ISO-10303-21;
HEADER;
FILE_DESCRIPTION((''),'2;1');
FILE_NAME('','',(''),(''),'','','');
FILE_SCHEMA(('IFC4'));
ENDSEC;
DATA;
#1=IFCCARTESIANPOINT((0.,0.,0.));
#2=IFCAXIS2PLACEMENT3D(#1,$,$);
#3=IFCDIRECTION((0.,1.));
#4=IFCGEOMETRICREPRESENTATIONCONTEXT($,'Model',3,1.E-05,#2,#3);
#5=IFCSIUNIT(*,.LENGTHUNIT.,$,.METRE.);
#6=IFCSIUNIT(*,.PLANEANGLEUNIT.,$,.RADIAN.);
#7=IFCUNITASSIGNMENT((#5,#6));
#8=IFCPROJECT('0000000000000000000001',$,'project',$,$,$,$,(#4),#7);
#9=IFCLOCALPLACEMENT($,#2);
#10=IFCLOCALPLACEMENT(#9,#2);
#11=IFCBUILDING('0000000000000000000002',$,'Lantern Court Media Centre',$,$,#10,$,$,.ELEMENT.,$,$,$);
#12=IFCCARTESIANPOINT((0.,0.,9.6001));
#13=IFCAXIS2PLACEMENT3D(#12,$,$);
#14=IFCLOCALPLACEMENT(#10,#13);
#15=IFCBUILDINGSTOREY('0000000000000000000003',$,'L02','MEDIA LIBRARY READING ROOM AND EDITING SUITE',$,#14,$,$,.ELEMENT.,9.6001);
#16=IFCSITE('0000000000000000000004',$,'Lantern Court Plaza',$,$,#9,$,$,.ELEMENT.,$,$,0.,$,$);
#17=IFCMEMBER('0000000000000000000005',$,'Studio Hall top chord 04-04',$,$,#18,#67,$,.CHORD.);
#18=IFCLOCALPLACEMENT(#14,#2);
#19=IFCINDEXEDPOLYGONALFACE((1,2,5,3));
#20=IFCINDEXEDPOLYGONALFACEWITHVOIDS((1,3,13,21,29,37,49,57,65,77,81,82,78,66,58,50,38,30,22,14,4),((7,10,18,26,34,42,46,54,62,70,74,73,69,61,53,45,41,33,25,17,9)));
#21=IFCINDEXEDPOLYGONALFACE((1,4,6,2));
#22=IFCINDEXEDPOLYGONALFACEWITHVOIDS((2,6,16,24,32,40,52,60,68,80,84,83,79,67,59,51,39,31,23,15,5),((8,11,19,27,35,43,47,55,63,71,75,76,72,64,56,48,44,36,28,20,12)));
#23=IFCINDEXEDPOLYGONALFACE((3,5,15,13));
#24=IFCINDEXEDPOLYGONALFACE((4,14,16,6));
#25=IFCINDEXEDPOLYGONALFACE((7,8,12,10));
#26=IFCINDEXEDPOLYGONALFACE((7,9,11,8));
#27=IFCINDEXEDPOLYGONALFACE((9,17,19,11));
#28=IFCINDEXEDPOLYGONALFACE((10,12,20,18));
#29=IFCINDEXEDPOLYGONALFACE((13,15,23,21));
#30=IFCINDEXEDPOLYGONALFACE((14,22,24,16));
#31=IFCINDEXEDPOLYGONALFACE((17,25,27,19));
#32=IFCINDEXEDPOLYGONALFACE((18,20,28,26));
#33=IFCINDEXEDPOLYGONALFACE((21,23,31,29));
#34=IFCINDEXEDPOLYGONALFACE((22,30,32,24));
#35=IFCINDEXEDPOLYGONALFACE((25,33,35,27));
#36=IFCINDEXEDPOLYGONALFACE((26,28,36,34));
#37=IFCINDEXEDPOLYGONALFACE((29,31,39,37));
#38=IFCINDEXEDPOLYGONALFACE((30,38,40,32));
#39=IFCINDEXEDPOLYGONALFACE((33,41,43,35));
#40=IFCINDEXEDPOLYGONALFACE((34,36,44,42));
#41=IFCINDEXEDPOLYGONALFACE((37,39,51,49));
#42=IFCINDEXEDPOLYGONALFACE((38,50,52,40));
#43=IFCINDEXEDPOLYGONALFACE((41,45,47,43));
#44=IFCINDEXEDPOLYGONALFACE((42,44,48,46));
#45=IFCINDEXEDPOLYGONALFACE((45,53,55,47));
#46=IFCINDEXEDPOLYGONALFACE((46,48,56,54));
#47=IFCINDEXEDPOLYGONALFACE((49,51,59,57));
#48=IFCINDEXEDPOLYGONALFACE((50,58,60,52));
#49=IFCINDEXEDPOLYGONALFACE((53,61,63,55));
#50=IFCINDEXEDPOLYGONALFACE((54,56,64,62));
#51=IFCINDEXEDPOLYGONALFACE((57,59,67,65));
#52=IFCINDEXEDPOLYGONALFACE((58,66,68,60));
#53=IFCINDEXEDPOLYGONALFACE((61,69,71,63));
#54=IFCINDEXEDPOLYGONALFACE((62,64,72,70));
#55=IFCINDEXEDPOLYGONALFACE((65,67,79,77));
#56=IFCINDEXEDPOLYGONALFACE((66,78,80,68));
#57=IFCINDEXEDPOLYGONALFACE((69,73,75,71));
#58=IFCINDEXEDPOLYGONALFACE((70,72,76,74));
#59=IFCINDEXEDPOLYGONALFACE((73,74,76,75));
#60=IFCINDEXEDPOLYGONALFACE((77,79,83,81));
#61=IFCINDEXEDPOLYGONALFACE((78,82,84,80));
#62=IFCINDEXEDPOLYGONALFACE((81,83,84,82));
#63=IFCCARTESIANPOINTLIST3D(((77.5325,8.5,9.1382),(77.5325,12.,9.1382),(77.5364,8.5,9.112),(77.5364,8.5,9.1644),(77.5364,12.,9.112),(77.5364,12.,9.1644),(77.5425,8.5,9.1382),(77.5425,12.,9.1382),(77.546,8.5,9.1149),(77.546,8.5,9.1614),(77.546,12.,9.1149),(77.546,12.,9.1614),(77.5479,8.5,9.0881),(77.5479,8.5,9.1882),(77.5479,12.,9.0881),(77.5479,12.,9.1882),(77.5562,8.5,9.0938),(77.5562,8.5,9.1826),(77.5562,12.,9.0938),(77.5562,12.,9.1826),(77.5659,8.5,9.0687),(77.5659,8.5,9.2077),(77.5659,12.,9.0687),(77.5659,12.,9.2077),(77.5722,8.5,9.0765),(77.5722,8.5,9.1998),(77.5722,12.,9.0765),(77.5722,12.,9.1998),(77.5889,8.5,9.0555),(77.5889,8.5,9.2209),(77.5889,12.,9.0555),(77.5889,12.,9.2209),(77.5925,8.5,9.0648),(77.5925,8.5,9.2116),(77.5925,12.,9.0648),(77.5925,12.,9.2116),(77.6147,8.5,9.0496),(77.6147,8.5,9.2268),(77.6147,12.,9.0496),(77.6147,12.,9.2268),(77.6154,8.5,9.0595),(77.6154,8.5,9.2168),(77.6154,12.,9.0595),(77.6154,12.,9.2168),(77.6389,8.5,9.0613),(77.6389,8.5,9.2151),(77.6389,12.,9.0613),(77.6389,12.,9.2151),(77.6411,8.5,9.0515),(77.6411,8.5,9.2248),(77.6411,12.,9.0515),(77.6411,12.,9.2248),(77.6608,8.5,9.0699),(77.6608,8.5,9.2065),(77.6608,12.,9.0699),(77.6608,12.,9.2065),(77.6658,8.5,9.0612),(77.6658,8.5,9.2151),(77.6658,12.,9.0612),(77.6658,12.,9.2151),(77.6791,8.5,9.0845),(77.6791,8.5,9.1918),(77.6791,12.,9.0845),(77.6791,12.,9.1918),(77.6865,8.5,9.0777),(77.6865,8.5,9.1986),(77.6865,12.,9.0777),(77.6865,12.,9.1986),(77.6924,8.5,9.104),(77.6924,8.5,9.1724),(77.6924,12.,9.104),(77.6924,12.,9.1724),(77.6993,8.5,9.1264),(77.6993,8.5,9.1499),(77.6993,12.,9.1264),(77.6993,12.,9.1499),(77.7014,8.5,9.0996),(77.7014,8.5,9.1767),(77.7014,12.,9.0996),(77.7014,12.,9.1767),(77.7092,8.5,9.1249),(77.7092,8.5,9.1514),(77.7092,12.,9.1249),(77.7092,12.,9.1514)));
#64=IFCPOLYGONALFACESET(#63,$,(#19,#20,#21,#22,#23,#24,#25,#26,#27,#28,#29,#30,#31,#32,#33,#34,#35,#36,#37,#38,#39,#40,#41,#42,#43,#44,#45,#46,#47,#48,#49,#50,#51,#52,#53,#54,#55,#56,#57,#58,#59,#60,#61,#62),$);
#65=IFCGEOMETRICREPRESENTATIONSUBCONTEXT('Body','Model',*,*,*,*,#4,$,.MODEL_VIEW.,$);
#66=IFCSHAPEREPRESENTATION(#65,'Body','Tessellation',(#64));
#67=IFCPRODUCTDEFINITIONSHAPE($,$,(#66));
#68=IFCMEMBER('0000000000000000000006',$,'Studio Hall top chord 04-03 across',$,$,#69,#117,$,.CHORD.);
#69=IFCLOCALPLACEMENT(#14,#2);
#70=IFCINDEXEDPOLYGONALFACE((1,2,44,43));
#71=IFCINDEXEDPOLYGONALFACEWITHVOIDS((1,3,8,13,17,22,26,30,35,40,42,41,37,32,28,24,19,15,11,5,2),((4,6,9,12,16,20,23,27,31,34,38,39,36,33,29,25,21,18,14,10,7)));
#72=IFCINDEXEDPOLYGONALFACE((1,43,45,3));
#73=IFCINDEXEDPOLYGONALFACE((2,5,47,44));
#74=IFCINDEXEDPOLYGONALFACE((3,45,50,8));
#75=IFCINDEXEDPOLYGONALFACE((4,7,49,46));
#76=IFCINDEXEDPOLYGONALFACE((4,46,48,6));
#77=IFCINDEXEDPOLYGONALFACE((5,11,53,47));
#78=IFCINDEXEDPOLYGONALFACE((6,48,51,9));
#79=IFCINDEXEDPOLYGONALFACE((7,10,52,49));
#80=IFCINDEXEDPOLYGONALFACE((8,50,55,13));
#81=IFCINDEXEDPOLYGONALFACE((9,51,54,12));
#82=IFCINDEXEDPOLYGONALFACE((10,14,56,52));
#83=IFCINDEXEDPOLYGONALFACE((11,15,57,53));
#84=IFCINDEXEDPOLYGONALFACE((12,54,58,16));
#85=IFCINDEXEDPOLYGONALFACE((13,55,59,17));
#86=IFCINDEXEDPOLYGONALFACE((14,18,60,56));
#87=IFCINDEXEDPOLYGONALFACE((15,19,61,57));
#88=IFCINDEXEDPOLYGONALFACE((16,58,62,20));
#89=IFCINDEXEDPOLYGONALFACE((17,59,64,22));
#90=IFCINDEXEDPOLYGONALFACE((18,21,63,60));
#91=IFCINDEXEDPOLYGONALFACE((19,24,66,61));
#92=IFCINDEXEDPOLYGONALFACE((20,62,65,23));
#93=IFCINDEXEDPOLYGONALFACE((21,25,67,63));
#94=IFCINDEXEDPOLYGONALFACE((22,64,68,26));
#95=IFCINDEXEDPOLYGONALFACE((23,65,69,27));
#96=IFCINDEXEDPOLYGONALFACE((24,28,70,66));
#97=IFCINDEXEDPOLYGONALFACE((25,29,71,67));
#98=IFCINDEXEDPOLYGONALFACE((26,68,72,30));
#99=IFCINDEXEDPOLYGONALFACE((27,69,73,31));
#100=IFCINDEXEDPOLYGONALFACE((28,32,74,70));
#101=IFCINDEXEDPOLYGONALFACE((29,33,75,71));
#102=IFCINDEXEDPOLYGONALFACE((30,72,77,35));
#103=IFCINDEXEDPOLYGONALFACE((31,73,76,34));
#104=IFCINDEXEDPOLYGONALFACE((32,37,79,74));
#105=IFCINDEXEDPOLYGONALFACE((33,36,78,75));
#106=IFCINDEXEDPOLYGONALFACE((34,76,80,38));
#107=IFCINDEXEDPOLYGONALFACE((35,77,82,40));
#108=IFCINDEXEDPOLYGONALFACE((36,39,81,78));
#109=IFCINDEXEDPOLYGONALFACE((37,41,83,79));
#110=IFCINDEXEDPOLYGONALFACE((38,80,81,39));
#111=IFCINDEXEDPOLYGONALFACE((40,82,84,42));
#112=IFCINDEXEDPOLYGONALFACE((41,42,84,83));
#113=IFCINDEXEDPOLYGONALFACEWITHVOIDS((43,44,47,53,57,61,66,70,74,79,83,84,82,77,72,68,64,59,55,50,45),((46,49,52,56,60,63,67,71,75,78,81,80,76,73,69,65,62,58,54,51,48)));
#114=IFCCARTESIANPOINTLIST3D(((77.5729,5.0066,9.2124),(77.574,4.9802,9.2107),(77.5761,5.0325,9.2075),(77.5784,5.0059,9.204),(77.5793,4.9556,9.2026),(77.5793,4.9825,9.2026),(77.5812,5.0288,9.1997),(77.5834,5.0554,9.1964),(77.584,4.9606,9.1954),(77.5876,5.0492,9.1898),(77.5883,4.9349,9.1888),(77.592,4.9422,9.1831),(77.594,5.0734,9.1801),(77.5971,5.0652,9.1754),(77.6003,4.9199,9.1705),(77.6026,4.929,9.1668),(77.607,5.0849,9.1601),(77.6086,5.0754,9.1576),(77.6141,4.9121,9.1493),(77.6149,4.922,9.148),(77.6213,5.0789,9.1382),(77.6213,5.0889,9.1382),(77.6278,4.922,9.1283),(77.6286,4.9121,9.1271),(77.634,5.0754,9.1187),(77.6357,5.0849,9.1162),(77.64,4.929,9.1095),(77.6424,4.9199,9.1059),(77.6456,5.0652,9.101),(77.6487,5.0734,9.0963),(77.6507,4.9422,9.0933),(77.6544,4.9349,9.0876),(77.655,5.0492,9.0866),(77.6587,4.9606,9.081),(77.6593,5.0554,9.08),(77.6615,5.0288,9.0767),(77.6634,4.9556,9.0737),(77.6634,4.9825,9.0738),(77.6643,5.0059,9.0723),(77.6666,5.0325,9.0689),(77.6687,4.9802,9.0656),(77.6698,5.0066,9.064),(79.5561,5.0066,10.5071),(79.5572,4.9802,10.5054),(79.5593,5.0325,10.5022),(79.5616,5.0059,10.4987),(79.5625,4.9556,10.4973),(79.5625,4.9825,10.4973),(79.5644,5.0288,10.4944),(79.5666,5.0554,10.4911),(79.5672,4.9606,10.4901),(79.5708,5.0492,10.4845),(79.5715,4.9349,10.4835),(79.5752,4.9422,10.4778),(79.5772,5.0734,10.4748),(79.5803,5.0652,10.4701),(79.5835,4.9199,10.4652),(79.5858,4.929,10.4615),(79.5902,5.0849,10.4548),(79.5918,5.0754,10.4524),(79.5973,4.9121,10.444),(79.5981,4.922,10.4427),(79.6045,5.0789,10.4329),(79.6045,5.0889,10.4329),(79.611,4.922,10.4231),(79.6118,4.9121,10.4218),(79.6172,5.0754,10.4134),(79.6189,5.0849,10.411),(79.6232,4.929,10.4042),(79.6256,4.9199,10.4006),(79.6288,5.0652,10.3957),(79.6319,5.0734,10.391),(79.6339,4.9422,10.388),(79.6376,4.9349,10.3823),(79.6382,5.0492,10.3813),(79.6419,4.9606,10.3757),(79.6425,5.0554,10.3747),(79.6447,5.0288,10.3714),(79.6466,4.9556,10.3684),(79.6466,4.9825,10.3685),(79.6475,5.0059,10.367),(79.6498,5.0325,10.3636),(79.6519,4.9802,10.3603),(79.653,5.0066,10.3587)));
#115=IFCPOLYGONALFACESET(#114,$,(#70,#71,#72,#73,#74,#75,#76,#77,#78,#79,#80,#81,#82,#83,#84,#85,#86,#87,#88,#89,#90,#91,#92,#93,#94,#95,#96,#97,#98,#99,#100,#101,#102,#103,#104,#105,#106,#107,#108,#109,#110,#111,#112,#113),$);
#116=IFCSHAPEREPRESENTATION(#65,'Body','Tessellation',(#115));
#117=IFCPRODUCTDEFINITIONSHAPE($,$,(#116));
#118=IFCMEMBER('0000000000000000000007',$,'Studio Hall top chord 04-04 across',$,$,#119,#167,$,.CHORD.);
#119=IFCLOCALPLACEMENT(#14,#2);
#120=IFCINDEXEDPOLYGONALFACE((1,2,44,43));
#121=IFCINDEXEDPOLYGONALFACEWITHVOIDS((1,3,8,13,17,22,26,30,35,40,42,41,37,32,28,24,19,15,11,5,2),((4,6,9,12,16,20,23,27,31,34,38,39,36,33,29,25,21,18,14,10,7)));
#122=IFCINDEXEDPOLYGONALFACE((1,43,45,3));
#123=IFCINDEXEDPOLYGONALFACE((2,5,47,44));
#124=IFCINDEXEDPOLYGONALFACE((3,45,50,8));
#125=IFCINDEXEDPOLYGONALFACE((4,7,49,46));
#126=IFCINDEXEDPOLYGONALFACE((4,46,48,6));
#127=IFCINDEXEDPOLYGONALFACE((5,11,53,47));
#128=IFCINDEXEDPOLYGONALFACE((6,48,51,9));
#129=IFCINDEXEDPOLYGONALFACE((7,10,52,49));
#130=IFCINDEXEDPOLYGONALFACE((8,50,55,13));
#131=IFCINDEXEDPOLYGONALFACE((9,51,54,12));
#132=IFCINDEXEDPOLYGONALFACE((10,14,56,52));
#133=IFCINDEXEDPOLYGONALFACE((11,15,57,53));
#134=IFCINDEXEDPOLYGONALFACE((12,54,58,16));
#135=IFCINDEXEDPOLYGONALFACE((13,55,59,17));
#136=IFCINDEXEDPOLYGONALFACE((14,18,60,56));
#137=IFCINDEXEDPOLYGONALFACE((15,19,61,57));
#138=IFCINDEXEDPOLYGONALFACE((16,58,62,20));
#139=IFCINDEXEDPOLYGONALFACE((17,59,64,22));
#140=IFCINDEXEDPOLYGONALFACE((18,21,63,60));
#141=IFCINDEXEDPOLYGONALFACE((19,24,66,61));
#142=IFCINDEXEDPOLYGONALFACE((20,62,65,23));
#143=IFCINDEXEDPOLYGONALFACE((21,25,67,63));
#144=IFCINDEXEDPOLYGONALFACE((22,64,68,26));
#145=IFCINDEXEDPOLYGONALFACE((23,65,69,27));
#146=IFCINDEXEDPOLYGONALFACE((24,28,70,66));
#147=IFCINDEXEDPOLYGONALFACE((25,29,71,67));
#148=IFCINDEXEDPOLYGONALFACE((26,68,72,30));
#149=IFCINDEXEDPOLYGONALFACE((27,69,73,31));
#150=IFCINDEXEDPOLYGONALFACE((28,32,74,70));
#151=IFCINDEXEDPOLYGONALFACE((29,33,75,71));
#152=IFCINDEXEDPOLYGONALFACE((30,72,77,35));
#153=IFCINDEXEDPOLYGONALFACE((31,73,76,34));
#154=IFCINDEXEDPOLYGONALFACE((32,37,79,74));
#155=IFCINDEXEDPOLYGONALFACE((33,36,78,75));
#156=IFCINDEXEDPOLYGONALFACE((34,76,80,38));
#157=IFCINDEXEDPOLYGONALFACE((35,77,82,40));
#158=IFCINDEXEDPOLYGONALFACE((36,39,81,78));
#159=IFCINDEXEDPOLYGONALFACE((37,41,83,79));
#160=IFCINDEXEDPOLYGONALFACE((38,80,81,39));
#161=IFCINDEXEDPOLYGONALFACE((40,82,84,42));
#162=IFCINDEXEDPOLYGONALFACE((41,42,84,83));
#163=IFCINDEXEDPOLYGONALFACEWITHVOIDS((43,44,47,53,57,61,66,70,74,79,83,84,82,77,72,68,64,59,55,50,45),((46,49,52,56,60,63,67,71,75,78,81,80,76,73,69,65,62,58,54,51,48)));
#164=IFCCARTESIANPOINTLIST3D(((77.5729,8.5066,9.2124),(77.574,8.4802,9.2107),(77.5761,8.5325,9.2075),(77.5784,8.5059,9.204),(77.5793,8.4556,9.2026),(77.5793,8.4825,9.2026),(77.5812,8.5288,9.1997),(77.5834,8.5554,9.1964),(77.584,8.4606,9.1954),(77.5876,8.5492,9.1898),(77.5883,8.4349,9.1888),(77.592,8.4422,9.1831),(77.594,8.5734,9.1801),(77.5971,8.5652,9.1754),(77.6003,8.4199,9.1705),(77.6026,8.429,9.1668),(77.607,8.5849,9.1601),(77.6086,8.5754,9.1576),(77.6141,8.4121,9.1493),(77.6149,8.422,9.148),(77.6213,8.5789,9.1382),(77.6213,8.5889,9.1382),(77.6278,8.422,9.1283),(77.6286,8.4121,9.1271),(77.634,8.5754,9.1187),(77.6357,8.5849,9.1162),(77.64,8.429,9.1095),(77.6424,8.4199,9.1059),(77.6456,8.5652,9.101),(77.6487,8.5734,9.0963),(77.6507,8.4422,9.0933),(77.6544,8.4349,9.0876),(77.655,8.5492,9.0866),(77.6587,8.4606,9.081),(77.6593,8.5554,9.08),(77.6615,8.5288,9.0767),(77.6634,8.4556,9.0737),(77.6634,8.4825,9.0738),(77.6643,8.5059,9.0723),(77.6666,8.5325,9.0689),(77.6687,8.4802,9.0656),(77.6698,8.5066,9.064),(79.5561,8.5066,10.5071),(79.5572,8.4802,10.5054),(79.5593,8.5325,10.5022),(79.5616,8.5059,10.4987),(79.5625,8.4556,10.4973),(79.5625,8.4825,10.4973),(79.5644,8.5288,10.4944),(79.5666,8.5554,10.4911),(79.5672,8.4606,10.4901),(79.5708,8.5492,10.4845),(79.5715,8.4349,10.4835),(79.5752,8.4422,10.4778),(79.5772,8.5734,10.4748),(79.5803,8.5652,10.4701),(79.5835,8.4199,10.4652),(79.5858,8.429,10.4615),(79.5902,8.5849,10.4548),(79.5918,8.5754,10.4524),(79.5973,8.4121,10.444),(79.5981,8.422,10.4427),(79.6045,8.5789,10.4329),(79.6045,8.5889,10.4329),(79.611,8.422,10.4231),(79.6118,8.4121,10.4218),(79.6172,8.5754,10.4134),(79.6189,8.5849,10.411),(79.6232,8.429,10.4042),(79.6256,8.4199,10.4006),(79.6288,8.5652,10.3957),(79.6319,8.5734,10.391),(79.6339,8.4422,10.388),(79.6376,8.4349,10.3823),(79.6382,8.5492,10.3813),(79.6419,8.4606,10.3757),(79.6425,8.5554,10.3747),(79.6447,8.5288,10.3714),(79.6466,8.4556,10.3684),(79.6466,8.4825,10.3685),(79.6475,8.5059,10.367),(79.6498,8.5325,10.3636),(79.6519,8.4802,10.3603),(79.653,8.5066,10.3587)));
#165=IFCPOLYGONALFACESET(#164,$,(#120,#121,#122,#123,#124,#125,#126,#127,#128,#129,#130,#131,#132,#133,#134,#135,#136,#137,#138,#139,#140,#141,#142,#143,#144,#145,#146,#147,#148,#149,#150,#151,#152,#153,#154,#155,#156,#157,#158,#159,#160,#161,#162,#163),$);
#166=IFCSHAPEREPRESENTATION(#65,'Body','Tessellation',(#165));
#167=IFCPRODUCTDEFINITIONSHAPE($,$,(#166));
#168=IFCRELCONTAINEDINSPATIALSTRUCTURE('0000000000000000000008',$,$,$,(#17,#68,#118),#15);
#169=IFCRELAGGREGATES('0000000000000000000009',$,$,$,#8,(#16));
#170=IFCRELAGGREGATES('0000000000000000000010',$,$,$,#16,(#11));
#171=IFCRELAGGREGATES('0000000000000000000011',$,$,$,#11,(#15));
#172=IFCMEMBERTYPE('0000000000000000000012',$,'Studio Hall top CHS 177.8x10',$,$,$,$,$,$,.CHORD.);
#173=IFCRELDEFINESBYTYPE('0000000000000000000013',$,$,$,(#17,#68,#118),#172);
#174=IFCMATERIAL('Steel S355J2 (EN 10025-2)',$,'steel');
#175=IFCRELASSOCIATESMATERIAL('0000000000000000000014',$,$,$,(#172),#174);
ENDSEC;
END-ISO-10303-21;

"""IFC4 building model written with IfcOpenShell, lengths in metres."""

from ifc_helpers import new_model, si_unit, direction, frame, origin, origin_2d, place, context, subcontext, project, spatial, hollow_circle, extrude, material, material_profile, profile_set, type_object, element, save


model = new_model("IFC4")

# Units and contexts
model_context = context("Model", 3, precision=1e-05, world=origin(), true_north=direction((0.0, 1.0)))
body_context = subcontext(model_context, "Body", "Model", "MODEL_VIEW")
ifc_project = project(units=[si_unit("LENGTHUNIT", "METRE"), si_unit("PLANEANGLEUNIT", "RADIAN")], contexts=[model_context])

# Site, building, storey
site_placement = place(None, origin())
site = spatial("IfcSite", under=ifc_project, at=site_placement, Name="Lantern Court Plaza", CompositionType="ELEMENT", RefElevation=0.0)
building_placement = place(site_placement, origin())
building = spatial("IfcBuilding", under=site, at=building_placement, Name="Lantern Court Media Centre", CompositionType="ELEMENT")
storey_placement = place(building_placement, frame((0.0, 0.0, 9.6001)))
storey = spatial("IfcBuildingStorey", under=building, at=storey_placement, Name="L02", Description="MEDIA LIBRARY READING ROOM AND EDITING SUITE", CompositionType="ELEMENT", Elevation=9.6001)

# Members
ifc_material = material(Name="Steel S355J2 (EN 10025-2)", Category="steel")
ifc_material_profile_1 = material_profile(ifc_material, hollow_circle(Radius=0.0889, WallThickness=0.01, at=origin_2d()), Name="Studio Hall top CHS 177.8x10")
ifc_profile_set_1 = profile_set([ifc_material_profile_1], Name="Steel S355J2 (EN 10025-2)")
member_type_1 = type_object("IfcMemberType", Name="Studio Hall top CHS 177.8x10", PredefinedType="CHORD", material=ifc_profile_set_1)
for number, where, z_axis, x_axis, name in (
    (1, (77.6213, 8.5, 9.1382), (0.0, 1.0, 0.0), (-1.0, 0.0, 0.0), "Studio Hall top chord 04-04"),
):
    element("IfcMember", number, at=place(storey_placement, frame(where, z_axis=z_axis, x_axis=x_axis)), inside=storey, type_object=member_type_1, Name=name, PredefinedType="CHORD", context=body_context, shape_type="SweptSolid", body=[
        extrude(hollow_circle(Radius=0.0889, WallThickness=0.01, at=origin_2d()), origin(), (0.0, 0.0, 1.0), 3.5),
    ])
for number, where, z_axis, x_axis, name in (
    (2, (77.6213, 5.0, 9.1382), (0.837356, 0.0, 0.546658), (0.0, 1.0, 0.0), "Studio Hall top chord 04-03 across"),
    (3, (77.6213, 8.5, 9.1382), (0.837356, 0.0, 0.546658), (0.0, 1.0, 0.0), "Studio Hall top chord 04-04 across"),
):
    element("IfcMember", number, at=place(storey_placement, frame(where, z_axis=z_axis, x_axis=x_axis)), inside=storey, type_object=member_type_1, Name=name, PredefinedType="CHORD", context=body_context, shape_type="SweptSolid", body=[
        extrude(hollow_circle(Radius=0.0889, WallThickness=0.01, at=origin_2d()), origin(), (0.0, 0.0, 1.0), 2.3684),
    ])

save(model, "model.ifc")
